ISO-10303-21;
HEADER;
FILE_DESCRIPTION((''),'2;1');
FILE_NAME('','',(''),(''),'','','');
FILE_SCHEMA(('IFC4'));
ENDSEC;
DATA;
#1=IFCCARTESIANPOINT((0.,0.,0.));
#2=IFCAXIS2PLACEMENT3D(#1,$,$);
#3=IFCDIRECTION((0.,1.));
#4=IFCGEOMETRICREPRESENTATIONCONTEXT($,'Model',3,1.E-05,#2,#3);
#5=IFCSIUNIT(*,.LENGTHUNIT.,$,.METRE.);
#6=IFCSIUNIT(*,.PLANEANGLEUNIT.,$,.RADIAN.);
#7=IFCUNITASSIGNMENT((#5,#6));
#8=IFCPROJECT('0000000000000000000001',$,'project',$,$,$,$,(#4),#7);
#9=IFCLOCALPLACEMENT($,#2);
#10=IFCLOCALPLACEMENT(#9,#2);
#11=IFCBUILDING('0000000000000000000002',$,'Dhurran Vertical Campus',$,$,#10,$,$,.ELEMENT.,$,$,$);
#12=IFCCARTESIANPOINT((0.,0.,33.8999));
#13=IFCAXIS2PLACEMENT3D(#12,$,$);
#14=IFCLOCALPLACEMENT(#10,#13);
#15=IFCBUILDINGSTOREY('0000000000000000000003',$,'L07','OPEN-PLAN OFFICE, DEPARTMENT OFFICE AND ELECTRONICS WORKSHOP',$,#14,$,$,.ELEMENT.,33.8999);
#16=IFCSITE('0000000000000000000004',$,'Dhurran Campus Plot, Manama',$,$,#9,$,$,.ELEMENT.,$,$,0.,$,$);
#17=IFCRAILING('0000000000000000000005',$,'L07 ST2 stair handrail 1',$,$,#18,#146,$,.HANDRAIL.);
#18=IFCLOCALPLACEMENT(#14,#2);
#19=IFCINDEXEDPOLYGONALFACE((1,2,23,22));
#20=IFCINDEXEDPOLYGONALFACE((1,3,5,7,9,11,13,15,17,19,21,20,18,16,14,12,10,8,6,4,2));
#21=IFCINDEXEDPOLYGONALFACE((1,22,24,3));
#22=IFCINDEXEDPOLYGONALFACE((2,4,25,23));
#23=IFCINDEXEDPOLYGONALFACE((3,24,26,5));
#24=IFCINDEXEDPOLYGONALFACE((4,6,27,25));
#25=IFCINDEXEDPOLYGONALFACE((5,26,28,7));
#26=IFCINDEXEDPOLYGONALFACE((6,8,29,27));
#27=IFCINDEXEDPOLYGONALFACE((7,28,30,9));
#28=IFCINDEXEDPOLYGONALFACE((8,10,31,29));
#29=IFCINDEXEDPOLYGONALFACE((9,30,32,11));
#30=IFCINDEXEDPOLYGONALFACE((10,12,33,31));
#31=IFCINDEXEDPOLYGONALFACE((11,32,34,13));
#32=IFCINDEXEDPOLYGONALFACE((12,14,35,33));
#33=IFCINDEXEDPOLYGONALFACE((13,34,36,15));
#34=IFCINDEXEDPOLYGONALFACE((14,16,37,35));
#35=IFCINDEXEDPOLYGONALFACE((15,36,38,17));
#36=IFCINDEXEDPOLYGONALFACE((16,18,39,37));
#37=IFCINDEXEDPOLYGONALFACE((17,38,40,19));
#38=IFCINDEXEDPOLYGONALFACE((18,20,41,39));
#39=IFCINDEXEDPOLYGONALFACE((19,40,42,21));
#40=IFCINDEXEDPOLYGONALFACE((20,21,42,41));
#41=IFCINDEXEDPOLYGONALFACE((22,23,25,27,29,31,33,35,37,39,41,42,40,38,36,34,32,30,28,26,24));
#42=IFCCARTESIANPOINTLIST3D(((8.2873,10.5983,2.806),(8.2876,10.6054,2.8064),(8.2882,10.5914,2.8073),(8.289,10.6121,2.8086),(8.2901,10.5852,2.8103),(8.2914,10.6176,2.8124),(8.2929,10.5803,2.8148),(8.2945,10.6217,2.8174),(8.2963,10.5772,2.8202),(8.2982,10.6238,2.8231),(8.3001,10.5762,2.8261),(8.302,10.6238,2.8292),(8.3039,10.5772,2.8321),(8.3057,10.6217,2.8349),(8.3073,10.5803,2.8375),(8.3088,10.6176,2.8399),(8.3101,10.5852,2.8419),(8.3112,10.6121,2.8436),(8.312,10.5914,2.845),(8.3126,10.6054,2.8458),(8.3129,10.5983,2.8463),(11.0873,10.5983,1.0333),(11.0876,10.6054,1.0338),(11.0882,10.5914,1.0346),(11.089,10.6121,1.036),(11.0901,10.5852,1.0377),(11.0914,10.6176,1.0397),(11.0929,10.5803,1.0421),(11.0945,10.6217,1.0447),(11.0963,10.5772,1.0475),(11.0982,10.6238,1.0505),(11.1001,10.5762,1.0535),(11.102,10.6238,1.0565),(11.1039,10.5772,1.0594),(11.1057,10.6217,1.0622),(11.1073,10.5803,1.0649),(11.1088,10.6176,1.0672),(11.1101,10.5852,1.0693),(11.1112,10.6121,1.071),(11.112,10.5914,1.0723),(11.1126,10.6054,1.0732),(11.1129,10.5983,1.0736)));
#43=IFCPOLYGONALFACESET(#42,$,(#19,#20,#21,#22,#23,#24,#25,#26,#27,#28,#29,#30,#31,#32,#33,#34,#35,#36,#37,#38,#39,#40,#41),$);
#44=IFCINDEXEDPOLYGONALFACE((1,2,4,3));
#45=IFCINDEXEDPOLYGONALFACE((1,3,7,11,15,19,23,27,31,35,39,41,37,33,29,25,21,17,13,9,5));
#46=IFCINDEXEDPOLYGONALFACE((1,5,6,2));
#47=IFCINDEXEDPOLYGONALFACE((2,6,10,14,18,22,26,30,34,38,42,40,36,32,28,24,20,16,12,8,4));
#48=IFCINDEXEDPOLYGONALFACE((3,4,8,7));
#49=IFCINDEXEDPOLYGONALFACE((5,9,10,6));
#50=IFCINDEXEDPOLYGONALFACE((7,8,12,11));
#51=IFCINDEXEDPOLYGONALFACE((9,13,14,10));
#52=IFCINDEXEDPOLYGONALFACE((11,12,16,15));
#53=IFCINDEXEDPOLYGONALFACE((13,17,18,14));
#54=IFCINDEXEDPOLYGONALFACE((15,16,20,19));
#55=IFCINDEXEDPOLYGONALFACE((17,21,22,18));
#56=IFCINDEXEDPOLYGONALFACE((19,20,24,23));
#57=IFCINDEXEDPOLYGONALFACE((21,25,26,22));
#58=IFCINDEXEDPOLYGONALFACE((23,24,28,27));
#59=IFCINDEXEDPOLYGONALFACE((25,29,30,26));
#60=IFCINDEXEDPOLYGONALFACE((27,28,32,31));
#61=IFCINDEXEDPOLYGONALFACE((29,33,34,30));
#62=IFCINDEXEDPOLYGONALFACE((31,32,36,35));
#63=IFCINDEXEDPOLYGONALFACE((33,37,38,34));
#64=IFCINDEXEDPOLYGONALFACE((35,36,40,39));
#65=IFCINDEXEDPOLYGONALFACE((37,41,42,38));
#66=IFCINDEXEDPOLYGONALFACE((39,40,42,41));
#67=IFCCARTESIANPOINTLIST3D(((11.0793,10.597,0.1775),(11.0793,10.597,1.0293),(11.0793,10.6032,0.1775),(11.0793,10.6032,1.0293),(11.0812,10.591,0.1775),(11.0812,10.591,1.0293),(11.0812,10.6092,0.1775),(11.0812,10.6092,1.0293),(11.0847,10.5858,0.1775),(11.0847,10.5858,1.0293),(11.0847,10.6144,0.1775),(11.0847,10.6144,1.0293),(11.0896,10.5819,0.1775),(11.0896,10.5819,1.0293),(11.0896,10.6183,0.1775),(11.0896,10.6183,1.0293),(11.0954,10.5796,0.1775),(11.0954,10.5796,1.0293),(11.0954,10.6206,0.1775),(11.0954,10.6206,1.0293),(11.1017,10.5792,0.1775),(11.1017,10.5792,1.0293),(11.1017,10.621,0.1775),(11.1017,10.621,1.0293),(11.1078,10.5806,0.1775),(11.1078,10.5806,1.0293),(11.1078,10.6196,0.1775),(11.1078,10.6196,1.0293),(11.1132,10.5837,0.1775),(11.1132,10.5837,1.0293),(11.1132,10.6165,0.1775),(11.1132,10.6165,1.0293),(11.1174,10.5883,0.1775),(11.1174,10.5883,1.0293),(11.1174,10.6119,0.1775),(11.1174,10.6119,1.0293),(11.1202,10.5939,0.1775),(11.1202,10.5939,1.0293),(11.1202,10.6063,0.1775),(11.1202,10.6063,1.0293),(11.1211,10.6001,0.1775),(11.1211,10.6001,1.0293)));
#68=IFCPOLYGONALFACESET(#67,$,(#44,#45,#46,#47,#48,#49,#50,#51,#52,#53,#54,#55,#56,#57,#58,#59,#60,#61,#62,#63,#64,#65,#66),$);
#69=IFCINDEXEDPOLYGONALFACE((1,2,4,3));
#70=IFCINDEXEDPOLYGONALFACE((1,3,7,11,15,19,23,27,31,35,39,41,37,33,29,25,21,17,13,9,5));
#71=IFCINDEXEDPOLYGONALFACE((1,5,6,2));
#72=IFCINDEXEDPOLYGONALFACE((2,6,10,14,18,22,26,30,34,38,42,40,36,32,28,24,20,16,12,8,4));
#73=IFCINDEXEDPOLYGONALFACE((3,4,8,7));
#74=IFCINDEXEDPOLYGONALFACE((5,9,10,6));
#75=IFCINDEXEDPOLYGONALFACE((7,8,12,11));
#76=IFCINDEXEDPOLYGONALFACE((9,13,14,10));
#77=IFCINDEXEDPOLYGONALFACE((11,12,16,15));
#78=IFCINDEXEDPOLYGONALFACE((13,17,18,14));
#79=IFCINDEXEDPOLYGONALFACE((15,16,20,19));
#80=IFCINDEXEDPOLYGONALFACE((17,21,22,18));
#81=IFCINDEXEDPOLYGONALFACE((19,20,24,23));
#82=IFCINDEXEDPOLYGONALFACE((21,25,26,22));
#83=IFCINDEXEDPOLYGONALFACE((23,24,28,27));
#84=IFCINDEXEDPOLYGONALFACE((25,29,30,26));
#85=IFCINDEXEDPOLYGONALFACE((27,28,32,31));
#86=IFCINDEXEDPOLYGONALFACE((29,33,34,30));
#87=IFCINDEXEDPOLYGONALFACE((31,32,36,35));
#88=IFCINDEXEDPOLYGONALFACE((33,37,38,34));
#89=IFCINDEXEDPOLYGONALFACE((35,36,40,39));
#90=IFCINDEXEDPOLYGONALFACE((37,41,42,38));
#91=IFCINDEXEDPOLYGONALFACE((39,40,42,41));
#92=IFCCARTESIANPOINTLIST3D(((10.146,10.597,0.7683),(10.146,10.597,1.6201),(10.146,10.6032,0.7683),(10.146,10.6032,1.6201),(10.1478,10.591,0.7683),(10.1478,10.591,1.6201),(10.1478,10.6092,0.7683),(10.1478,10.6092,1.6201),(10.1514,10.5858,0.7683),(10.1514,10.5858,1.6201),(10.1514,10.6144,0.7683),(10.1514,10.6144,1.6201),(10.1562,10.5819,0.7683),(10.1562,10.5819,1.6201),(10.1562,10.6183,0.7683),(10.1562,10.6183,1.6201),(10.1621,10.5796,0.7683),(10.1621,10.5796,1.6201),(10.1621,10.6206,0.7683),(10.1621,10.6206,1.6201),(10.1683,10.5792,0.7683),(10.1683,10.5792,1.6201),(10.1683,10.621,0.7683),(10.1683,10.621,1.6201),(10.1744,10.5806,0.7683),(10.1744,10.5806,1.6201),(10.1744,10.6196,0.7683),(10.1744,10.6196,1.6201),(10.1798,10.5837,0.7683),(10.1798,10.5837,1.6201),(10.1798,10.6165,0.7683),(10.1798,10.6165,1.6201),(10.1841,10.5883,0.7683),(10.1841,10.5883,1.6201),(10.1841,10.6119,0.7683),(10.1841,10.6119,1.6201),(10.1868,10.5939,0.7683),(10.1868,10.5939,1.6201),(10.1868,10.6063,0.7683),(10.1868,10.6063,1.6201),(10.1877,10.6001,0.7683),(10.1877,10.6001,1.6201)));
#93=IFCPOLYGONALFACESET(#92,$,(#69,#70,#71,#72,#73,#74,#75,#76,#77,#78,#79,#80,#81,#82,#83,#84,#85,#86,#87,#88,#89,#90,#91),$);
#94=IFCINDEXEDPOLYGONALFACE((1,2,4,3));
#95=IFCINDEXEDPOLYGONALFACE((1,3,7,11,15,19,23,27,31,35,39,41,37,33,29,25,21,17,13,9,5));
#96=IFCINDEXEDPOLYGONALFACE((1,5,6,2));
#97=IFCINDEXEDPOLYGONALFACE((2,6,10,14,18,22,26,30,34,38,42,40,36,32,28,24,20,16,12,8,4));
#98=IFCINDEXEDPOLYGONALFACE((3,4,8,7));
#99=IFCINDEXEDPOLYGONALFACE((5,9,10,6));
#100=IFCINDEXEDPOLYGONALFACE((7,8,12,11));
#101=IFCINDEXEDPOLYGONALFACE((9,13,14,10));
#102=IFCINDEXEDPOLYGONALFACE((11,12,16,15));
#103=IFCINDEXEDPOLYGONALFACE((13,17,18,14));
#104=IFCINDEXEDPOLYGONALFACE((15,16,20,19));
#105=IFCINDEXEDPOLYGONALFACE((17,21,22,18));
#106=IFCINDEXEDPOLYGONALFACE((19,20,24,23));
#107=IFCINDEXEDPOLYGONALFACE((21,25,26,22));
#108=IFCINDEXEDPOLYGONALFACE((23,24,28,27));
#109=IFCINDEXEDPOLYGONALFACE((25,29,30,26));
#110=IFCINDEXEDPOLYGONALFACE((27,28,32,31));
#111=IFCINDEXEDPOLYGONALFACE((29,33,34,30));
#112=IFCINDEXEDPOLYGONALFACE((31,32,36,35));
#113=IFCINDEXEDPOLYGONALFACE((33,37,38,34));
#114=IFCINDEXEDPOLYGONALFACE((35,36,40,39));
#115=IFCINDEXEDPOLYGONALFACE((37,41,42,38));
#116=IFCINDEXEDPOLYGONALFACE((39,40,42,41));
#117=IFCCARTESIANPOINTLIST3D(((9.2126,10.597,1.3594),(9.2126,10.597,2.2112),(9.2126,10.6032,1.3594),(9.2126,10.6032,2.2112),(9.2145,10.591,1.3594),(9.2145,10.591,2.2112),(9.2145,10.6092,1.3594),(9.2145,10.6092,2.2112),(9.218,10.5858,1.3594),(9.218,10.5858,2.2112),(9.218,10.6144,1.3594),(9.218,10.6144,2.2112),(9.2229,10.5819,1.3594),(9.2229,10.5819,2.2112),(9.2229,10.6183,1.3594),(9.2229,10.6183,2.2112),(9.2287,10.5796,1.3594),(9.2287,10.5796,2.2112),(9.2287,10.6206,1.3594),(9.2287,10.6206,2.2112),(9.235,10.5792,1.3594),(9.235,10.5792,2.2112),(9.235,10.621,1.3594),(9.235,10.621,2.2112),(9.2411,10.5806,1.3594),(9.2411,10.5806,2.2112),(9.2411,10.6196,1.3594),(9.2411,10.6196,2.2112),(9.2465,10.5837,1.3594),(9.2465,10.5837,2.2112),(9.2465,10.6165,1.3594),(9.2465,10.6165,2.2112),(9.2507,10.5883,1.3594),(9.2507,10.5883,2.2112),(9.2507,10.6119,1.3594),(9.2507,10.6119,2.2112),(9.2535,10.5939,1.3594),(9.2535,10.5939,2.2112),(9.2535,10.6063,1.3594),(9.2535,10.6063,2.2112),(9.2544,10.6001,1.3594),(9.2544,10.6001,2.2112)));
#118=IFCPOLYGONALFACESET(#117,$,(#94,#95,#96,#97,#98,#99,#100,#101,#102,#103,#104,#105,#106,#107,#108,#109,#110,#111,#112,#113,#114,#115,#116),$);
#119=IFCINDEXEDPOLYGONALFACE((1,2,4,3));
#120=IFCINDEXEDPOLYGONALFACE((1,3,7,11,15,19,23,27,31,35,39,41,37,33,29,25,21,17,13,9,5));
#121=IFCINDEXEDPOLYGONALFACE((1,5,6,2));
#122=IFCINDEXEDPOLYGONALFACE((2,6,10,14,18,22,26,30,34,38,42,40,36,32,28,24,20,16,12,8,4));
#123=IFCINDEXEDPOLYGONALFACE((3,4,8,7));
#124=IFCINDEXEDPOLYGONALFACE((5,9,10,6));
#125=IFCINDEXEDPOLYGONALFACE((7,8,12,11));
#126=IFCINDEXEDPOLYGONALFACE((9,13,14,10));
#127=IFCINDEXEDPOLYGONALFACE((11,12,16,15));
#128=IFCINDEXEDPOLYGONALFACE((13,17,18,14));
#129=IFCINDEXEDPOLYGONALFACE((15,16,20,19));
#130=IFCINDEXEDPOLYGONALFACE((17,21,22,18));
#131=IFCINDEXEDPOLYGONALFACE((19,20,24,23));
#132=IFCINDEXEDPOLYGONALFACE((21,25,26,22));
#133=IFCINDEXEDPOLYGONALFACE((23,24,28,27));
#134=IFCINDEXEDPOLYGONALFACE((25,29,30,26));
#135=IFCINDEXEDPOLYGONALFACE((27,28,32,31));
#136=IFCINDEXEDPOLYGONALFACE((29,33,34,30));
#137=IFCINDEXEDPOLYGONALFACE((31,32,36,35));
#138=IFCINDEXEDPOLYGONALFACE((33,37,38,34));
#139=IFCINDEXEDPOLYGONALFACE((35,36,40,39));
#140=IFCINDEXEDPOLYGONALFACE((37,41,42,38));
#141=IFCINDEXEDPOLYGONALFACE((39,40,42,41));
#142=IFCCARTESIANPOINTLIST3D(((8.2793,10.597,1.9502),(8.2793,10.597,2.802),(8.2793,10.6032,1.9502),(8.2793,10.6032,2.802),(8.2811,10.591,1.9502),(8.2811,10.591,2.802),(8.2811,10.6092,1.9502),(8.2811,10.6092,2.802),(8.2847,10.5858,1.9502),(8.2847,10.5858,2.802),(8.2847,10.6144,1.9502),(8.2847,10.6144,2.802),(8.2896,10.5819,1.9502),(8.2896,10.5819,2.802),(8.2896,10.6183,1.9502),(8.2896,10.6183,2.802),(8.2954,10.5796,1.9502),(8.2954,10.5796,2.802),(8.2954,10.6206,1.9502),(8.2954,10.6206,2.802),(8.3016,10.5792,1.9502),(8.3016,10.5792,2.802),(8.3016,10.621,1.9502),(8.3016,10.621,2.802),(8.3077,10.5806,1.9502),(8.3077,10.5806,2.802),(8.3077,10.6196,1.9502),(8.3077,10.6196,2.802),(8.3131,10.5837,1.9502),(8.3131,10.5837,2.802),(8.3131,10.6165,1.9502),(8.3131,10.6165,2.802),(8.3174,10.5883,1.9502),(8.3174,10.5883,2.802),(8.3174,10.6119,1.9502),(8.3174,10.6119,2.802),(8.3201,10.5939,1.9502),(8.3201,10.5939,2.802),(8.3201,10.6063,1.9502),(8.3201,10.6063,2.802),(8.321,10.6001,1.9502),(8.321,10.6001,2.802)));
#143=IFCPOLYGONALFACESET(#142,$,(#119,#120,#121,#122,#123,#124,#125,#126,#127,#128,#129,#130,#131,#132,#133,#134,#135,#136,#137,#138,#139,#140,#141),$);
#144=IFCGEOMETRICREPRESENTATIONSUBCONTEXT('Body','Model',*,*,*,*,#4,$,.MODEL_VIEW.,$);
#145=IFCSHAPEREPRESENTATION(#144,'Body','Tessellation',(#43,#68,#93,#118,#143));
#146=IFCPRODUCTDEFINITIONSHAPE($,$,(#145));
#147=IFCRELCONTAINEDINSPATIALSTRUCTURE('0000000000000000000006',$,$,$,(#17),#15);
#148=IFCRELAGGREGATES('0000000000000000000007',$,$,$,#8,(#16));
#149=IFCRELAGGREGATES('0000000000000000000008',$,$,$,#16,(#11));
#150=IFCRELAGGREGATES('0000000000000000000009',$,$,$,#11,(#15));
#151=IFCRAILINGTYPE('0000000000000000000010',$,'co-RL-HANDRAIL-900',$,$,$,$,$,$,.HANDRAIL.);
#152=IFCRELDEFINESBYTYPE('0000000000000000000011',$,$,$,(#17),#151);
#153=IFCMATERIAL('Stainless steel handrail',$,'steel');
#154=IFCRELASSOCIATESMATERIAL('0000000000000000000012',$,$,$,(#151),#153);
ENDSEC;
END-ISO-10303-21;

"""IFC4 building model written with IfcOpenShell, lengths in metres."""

from ifc_helpers import new_model, si_unit, direction, frame, origin, origin_2d, place, context, subcontext, project, spatial, circle, extrude, material, type_object, element, save


model = new_model("IFC4")

# Units and contexts
model_context = context("Model", 3, precision=1e-05, world=origin(), true_north=direction((0.0, 1.0)))
body_context = subcontext(model_context, "Body", "Model", "MODEL_VIEW")
ifc_project = project(units=[si_unit("LENGTHUNIT", "METRE"), si_unit("PLANEANGLEUNIT", "RADIAN")], contexts=[model_context])

# Site, building, storey
site_placement = place(None, origin())
site = spatial("IfcSite", under=ifc_project, at=site_placement, Name="Dhurran Campus Plot, Manama", CompositionType="ELEMENT", RefElevation=0.0)
building_placement = place(site_placement, origin())
building = spatial("IfcBuilding", under=site, at=building_placement, Name="Dhurran Vertical Campus", CompositionType="ELEMENT")
storey_placement = place(building_placement, frame((0.0, 0.0, 33.8999)))
storey = spatial("IfcBuildingStorey", under=building, at=storey_placement, Name="L07", Description="OPEN-PLAN OFFICE, DEPARTMENT OFFICE AND ELECTRONICS WORKSHOP", CompositionType="ELEMENT", Elevation=33.8999)

# Railing
ifc_material_1 = material(Name="Stainless steel handrail", Category="steel")
railing_type_1 = type_object("IfcRailingType", Name="co-RL-HANDRAIL-900", PredefinedType="HANDRAIL", material=ifc_material_1)
railing_1_placement = place(storey_placement, frame((11.1001, 10.6001, 0.1775)))
element("IfcRailing", 1, at=railing_1_placement, inside=storey, type_object=railing_type_1, Name="L07 ST2 stair handrail 1", PredefinedType="HANDRAIL", context=body_context, shape_type="SweptSolid", body=[
    extrude(circle(Radius=0.0239, at=origin_2d()), frame((0.0, 0.0, 0.876), z_axis=(-0.844909, 0.0, 0.53491), x_axis=(0.0, -1.0, 0.0)), (0.0, 0.0, 1.0), 3.314),
    extrude(circle(Radius=0.021, at=origin_2d()), origin(), (0.0, 0.0, 1.0), 0.8518),
    extrude(circle(Radius=0.021, at=origin_2d()), frame((-0.9333, 0.0, 0.5908)), (0.0, 0.0, 1.0), 0.8518),
    extrude(circle(Radius=0.021, at=origin_2d()), frame((-1.8667, 0.0, 1.1819)), (0.0, 0.0, 1.0), 0.8518),
    extrude(circle(Radius=0.021, at=origin_2d()), frame((-2.8, 0.0, 1.7727)), (0.0, 0.0, 1.0), 0.8518),
])

save(model, "model.ifc")
